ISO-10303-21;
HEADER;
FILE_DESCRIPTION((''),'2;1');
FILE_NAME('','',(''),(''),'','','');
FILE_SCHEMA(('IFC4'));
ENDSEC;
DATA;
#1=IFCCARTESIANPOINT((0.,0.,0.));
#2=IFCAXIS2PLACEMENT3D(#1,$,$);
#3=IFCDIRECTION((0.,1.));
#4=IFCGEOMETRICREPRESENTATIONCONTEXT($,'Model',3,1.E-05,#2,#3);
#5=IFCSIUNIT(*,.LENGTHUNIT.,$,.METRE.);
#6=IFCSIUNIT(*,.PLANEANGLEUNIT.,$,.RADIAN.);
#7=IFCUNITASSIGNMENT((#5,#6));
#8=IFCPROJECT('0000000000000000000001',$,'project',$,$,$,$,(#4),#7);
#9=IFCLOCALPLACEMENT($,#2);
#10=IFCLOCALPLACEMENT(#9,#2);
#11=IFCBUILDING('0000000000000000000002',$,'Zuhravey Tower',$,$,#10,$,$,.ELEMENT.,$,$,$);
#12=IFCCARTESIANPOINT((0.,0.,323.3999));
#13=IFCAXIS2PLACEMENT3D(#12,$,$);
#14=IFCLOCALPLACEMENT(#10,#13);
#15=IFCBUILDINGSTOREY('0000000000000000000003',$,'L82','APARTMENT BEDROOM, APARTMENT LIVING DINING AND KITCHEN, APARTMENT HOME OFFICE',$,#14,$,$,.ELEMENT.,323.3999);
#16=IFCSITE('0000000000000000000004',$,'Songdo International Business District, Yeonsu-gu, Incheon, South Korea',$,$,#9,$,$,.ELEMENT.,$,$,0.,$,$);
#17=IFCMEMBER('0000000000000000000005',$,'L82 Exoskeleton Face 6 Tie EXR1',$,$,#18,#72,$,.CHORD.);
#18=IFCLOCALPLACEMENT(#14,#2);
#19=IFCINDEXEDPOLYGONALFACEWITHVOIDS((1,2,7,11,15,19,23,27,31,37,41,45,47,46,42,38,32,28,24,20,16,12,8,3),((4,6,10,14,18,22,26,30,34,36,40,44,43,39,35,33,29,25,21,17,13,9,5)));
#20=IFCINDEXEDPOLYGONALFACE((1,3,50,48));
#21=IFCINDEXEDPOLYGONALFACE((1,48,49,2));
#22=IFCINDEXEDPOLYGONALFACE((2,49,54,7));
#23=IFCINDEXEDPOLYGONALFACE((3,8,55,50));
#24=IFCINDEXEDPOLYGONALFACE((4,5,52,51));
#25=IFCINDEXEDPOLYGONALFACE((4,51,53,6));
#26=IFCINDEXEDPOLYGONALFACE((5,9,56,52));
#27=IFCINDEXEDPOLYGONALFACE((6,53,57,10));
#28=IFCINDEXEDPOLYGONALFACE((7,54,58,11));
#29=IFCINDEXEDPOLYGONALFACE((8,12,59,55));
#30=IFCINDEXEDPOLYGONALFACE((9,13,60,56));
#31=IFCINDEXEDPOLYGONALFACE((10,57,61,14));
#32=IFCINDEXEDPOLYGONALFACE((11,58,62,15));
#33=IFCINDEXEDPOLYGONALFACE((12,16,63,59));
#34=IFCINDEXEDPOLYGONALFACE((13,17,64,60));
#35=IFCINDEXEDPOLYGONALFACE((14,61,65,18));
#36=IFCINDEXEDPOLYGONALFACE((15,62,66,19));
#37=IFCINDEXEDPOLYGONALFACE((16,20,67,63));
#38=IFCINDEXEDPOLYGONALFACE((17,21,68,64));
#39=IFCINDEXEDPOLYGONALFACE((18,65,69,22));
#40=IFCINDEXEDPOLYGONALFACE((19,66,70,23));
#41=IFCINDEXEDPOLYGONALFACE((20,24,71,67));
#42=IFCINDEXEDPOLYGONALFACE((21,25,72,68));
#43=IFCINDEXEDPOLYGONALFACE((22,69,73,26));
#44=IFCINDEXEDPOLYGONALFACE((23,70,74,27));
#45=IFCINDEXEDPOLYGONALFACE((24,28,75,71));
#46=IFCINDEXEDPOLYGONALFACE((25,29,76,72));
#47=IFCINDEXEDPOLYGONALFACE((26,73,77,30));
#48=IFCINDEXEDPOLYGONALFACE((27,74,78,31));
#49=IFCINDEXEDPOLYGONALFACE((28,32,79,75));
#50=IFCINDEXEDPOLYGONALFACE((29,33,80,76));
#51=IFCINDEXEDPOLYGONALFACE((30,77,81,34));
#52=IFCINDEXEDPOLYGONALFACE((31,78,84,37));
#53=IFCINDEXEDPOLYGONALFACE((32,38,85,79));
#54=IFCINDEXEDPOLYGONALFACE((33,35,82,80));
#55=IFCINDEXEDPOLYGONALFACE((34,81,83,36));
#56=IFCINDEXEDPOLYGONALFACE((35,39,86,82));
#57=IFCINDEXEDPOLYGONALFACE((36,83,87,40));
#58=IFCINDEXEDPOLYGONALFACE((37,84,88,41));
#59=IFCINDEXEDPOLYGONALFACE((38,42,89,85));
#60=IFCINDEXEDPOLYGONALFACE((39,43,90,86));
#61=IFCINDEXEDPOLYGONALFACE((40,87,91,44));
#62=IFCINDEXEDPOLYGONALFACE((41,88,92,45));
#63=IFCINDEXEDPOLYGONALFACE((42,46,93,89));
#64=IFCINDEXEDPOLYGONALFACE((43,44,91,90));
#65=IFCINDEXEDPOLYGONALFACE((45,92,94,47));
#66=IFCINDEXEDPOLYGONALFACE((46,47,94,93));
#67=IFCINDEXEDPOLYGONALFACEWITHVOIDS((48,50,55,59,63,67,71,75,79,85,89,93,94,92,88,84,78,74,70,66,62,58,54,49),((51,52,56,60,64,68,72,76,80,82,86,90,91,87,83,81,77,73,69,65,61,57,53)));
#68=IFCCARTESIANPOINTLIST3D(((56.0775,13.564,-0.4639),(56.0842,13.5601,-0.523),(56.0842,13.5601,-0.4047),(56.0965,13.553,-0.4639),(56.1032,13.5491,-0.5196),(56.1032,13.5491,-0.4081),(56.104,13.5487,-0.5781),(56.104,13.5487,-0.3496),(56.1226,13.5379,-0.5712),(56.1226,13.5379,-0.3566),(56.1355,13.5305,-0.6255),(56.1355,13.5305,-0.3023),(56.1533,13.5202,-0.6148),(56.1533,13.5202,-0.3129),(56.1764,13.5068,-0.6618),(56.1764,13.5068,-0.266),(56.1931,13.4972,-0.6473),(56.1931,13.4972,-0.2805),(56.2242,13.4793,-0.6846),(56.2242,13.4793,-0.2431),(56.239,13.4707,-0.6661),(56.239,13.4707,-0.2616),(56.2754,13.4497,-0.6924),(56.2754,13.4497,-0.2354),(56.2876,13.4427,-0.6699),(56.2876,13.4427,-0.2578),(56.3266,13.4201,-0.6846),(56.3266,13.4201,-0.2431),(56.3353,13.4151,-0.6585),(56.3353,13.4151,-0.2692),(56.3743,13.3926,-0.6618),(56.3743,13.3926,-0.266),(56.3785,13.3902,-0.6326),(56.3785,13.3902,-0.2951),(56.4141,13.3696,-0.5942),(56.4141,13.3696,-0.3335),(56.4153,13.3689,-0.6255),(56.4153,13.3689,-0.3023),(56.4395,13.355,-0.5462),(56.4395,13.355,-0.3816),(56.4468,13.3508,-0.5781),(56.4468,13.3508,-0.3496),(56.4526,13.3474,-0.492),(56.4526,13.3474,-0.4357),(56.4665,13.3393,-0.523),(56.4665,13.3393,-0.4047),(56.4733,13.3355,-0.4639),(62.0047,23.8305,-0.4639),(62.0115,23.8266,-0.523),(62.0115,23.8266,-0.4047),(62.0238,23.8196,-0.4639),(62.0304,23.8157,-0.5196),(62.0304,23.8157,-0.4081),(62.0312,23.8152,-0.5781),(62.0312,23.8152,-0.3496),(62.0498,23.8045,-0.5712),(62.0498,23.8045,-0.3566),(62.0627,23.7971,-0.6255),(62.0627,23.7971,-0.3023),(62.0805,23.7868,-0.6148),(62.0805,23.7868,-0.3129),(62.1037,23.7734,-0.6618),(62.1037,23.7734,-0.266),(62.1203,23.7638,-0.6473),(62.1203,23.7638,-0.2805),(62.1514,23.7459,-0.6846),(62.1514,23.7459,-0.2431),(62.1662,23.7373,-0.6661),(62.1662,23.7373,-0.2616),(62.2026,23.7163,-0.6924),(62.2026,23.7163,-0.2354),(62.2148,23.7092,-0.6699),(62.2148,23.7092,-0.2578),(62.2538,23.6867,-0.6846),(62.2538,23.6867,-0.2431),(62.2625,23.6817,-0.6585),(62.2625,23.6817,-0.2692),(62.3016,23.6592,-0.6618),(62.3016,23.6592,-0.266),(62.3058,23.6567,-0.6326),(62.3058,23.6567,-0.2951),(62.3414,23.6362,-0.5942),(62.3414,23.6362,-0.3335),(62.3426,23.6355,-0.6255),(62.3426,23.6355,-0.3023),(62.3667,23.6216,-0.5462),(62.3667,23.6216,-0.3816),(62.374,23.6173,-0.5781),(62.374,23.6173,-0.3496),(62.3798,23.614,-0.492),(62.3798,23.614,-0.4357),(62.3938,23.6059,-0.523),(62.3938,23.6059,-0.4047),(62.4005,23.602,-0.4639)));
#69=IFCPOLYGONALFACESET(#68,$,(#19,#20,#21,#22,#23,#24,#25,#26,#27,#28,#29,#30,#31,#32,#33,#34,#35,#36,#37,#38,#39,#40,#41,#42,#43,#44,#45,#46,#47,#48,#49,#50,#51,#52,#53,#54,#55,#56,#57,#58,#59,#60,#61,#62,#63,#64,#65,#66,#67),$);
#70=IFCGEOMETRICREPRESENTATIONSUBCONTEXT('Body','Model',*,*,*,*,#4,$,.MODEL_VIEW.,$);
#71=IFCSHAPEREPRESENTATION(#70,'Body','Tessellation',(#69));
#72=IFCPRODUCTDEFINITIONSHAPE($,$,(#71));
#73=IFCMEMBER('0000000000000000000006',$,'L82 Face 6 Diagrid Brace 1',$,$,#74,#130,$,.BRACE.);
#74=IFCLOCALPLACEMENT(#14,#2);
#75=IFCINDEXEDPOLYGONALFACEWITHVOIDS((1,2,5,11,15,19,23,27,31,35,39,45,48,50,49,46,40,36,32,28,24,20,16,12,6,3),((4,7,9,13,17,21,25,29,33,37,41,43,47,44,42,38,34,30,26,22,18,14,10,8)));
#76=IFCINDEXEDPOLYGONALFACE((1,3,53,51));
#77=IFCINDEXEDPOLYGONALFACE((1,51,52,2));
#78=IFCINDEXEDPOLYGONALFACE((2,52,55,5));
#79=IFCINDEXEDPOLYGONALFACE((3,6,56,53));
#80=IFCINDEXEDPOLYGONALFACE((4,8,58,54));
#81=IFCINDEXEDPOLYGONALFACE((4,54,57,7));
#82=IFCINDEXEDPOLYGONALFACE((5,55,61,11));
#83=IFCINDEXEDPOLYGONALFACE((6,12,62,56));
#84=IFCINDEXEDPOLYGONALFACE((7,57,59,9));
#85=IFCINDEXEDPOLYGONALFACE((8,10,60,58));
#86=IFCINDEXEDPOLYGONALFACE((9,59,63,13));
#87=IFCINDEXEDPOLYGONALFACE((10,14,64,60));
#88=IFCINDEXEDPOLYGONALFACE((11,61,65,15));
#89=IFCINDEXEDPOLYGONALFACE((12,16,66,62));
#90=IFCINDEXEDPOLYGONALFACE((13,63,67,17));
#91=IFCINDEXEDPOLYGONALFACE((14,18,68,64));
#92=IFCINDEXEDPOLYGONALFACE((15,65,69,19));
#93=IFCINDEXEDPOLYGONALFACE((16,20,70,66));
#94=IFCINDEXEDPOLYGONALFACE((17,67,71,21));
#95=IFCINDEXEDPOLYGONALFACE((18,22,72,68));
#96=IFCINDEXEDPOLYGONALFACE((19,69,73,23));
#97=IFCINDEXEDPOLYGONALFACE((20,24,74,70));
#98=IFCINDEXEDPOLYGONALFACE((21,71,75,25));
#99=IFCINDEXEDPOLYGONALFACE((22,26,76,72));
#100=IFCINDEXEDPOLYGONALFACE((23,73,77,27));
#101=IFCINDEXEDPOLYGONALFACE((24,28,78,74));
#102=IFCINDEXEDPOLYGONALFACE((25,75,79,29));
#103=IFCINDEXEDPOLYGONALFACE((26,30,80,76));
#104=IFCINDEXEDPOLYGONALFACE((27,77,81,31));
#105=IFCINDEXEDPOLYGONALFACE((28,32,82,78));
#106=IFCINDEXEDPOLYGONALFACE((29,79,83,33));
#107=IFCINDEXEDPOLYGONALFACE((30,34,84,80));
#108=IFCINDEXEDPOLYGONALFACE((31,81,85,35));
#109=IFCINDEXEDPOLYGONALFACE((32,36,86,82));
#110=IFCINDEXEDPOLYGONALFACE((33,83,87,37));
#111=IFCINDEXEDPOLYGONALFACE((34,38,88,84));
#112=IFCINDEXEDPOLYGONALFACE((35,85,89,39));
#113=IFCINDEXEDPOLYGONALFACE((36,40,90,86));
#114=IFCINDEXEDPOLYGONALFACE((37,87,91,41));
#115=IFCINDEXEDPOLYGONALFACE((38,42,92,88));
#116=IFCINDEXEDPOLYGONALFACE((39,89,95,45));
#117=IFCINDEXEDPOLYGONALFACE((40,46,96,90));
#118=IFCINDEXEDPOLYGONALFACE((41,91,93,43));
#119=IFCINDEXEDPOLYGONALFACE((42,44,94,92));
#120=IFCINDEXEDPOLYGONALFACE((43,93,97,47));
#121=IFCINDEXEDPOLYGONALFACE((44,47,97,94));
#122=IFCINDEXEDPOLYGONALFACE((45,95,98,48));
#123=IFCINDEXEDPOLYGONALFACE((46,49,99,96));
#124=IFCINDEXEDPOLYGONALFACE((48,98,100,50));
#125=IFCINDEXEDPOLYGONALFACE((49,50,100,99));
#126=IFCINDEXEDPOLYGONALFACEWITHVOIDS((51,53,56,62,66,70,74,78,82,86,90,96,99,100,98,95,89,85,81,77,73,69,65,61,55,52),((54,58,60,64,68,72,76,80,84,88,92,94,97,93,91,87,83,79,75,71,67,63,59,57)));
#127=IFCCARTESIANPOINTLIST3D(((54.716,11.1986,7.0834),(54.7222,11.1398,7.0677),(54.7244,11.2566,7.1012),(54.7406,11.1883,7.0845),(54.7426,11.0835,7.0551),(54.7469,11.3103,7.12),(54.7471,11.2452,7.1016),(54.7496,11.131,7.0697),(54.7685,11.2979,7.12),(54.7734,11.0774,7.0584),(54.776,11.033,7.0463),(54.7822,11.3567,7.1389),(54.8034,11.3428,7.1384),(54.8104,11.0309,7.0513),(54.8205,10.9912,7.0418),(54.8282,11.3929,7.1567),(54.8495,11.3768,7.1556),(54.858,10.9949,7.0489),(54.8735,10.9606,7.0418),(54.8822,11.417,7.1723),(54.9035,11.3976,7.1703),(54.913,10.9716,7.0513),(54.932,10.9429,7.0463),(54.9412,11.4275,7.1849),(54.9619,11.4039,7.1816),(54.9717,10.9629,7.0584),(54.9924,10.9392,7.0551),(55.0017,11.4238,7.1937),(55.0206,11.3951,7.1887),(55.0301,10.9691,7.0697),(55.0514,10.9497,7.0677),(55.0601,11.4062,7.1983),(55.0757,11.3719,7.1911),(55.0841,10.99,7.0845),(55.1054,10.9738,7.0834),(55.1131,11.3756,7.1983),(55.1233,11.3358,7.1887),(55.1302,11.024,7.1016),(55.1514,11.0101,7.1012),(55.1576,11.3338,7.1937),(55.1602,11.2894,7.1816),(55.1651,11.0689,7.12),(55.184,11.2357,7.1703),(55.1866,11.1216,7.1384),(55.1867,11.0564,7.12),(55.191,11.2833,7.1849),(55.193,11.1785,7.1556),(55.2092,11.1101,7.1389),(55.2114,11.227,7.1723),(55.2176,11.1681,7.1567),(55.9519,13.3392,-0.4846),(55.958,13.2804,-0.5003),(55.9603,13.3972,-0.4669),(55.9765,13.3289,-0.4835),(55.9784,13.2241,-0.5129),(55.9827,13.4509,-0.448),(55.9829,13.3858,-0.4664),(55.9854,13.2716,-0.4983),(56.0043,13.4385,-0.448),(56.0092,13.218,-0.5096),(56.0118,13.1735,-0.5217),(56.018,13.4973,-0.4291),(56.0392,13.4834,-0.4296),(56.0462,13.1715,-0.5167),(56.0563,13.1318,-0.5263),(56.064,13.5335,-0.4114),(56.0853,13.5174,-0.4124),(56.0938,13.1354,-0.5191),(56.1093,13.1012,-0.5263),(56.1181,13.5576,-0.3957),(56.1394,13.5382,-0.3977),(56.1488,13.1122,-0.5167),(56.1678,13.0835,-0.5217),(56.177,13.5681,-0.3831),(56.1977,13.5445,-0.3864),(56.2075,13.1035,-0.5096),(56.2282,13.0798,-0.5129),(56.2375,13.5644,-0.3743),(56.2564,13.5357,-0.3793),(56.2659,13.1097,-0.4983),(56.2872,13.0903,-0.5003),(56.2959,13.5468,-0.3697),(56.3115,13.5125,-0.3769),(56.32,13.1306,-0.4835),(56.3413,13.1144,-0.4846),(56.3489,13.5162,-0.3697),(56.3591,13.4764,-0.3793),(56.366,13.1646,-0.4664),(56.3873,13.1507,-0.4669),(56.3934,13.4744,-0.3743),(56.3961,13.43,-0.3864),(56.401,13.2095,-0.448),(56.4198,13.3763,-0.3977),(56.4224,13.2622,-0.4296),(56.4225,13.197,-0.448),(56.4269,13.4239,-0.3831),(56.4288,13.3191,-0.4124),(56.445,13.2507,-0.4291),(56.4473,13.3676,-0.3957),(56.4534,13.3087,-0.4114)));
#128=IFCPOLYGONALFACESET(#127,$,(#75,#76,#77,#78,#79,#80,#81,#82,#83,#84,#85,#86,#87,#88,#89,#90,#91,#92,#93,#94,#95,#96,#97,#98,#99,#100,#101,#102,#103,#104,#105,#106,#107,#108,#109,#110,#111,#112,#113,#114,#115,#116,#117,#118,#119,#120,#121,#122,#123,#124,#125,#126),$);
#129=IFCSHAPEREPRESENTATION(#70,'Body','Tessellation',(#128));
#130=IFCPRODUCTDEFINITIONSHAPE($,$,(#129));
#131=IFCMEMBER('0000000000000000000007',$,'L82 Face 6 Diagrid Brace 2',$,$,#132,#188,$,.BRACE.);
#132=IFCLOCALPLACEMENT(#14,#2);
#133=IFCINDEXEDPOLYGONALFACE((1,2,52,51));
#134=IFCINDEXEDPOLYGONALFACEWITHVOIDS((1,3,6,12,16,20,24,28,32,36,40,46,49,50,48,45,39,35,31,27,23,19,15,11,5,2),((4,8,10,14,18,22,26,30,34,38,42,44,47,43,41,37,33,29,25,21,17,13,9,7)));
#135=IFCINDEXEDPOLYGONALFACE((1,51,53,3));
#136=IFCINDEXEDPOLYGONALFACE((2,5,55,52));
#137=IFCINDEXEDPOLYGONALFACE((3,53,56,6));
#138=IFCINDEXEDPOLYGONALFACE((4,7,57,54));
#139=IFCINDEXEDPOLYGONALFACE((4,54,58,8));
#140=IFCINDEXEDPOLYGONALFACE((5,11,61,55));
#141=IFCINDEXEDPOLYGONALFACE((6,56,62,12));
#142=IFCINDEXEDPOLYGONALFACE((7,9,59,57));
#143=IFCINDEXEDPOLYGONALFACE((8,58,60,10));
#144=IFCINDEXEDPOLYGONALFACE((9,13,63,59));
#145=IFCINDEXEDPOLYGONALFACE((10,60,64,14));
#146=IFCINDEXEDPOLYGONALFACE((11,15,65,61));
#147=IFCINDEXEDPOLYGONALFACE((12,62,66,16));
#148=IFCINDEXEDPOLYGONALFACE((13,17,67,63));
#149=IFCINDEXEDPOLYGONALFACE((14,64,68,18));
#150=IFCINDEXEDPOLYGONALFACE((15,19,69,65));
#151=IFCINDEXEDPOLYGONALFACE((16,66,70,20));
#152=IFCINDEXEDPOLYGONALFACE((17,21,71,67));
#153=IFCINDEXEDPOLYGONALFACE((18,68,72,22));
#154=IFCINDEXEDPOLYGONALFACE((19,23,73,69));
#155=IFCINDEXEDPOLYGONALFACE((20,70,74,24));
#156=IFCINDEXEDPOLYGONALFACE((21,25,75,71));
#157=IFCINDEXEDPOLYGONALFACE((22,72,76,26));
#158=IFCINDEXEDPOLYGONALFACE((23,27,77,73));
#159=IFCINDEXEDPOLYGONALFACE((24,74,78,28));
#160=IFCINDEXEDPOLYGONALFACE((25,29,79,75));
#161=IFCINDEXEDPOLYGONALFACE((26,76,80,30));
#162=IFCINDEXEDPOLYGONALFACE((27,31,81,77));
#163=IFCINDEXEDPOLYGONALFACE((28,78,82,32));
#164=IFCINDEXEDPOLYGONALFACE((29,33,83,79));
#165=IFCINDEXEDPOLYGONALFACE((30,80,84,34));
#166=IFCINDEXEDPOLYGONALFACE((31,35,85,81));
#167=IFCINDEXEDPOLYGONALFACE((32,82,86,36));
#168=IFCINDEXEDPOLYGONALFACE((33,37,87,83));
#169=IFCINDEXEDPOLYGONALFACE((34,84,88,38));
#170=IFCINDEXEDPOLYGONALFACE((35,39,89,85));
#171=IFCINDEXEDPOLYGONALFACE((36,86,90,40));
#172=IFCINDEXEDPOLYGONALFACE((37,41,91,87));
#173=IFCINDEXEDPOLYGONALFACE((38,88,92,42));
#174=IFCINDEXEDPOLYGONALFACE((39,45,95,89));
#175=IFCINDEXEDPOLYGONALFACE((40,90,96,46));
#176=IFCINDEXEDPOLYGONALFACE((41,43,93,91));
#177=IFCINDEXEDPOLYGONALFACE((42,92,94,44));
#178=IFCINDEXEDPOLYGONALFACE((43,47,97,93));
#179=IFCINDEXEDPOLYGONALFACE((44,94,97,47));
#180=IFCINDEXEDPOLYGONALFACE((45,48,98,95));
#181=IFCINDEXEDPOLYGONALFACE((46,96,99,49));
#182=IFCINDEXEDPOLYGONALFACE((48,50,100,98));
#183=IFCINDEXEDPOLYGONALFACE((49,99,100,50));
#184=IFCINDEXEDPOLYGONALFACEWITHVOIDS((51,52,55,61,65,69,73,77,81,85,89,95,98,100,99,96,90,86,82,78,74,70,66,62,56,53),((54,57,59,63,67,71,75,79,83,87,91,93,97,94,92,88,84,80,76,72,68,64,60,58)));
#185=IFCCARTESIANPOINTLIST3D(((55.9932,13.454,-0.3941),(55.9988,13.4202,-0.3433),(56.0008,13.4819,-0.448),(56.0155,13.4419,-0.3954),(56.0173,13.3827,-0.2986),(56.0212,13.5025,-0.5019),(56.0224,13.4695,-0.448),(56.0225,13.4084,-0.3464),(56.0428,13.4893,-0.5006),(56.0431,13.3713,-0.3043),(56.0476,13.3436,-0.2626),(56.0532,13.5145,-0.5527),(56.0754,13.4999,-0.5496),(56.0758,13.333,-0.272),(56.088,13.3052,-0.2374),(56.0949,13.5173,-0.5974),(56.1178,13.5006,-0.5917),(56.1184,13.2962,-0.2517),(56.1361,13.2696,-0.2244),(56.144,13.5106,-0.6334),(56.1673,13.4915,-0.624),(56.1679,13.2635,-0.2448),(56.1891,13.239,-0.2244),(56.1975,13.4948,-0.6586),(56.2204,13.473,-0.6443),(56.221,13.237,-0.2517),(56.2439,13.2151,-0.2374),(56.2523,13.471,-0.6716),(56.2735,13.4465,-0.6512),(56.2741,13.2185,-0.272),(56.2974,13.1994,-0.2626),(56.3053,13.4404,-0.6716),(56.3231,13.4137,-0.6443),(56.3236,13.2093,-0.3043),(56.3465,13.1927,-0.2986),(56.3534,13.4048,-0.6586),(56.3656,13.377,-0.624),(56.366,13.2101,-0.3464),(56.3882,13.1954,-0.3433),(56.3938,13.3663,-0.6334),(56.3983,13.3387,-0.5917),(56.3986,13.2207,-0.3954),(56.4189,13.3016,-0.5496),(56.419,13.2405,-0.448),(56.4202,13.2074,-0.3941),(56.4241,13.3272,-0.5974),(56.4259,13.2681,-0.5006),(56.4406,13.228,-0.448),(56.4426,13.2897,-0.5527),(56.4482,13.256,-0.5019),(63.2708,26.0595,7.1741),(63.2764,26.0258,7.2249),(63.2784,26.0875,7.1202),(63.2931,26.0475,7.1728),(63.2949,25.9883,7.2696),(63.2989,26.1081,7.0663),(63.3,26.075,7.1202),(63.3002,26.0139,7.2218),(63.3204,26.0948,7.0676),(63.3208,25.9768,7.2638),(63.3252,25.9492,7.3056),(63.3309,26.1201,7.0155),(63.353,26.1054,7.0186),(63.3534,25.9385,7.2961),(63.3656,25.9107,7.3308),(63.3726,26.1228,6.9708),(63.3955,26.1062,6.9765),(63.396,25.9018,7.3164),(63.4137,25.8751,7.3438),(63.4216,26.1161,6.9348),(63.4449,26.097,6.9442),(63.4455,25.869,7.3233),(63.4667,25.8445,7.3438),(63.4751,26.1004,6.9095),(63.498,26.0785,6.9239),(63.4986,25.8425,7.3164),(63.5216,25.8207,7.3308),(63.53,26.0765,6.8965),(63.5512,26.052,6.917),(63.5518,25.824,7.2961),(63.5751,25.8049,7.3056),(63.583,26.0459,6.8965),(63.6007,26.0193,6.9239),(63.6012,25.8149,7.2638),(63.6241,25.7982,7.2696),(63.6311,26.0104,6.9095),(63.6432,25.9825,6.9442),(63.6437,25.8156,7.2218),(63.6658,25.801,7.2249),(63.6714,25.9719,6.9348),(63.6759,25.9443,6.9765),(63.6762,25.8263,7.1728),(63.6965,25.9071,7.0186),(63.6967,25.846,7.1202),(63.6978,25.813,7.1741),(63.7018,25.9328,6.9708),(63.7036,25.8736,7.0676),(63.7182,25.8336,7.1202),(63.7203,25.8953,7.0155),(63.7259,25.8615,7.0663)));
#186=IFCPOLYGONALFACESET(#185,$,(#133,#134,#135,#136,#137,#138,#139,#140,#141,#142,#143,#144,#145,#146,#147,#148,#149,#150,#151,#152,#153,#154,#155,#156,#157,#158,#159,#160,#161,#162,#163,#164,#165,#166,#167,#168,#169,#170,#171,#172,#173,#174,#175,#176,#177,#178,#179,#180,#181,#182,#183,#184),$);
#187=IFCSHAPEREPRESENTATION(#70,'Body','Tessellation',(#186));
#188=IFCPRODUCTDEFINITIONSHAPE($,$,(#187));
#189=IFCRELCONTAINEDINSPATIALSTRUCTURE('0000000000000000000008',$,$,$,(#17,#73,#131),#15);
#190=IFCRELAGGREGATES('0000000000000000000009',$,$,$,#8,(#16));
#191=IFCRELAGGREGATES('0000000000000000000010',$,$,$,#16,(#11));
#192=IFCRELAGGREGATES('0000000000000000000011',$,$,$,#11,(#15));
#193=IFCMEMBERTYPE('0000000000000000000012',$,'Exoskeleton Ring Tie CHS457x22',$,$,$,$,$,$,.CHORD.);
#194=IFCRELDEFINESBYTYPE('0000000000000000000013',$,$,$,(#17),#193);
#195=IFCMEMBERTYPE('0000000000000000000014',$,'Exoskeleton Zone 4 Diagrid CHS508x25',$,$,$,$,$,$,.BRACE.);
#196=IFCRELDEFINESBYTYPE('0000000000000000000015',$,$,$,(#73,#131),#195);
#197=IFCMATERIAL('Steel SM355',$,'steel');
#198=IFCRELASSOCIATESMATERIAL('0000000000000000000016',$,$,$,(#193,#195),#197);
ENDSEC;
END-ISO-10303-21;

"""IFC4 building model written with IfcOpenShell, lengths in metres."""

from ifc_helpers import new_model, si_unit, direction, frame, origin, origin_2d, place, context, subcontext, project, spatial, hollow_circle, extrude, material, material_profile, profile_set, type_object, element, save


model = new_model("IFC4")

# Units and contexts
model_context = context("Model", 3, precision=1e-05, world=origin(), true_north=direction((0.0, 1.0)))
body_context = subcontext(model_context, "Body", "Model", "MODEL_VIEW")
ifc_project = project(units=[si_unit("LENGTHUNIT", "METRE"), si_unit("PLANEANGLEUNIT", "RADIAN")], contexts=[model_context])

# Site, building, storey
site_placement = place(None, origin())
site = spatial("IfcSite", under=ifc_project, at=site_placement, Name="Songdo International Business District, Yeonsu-gu, Incheon, South Korea", CompositionType="ELEMENT", RefElevation=0.0)
building_placement = place(site_placement, origin())
building = spatial("IfcBuilding", under=site, at=building_placement, Name="Zuhravey Tower", CompositionType="ELEMENT")
storey_placement = place(building_placement, frame((0.0, 0.0, 323.3999)))
storey = spatial("IfcBuildingStorey", under=building, at=storey_placement, Name="L82", Description="APARTMENT BEDROOM, APARTMENT LIVING DINING AND KITCHEN, APARTMENT HOME OFFICE", CompositionType="ELEMENT", Elevation=323.3999)

# Members
ifc_material_1 = material(Name="Steel SM355", Category="steel")
ifc_material_profile_1 = material_profile(ifc_material_1, hollow_circle(Radius=0.2285, WallThickness=0.022, at=origin_2d()), Name="CHS-457.2x22")
ifc_profile_set_1 = profile_set([ifc_material_profile_1], Name="Steel SM355")
member_type_1 = type_object("IfcMemberType", Name="Exoskeleton Ring Tie CHS457x22", PredefinedType="CHORD", material=ifc_profile_set_1)
member_1_placement = place(storey_placement, frame((56.2754, 13.4497, -0.4639), z_axis=(0.499989, 0.866032, 0.0), x_axis=(-0.866032, 0.499989, 0.0)))
element("IfcMember", 1, at=member_1_placement, inside=storey, type_object=member_type_1, Name="L82 Exoskeleton Face 6 Tie EXR1", PredefinedType="CHORD", context=body_context, shape_type="SweptSolid", body=[
    extrude(hollow_circle(Radius=0.2285, WallThickness=0.022, at=origin_2d()), origin(), (0.0, 0.0, 1.0), 11.8547),
])
ifc_material_profile_2 = material_profile(ifc_material_1, hollow_circle(Radius=0.2539, WallThickness=0.0249, at=origin_2d()), Name="CHS-508.0x25")
ifc_profile_set_2 = profile_set([ifc_material_profile_2], Name="Steel SM355")
member_type_2 = type_object("IfcMemberType", Name="Exoskeleton Zone 4 Diagrid CHS508x25", PredefinedType="BRACE", material=ifc_profile_set_2)
member_2_placement = place(storey_placement, frame((56.2026, 13.324, -0.448), z_axis=(-0.155226, -0.268871, 0.950586), x_axis=(0.866034, -0.499985, 0.0)))
element("IfcMember", 2, at=member_2_placement, inside=storey, type_object=member_type_2, Name="L82 Face 6 Diagrid Brace 1", PredefinedType="BRACE", context=body_context, shape_type="SweptSolid", body=[
    extrude(hollow_circle(Radius=0.2539, WallThickness=0.0249, at=origin_2d()), origin(), (0.0, 0.0, 1.0), 7.9614),
])
member_3_placement = place(storey_placement, frame((56.2207, 13.355, -0.448), z_axis=(0.443609, 0.768373, 0.461318), x_axis=(-0.866031, 0.499991, 0.0)))
element("IfcMember", 3, at=member_3_placement, inside=storey, type_object=member_type_2, Name="L82 Face 6 Diagrid Brace 2", PredefinedType="BRACE", context=body_context, shape_type="SweptSolid", body=[
    extrude(hollow_circle(Radius=0.2539, WallThickness=0.0249, at=origin_2d()), origin(), (0.0, 0.0, 1.0), 16.4055),
])

save(model, "model.ifc")
